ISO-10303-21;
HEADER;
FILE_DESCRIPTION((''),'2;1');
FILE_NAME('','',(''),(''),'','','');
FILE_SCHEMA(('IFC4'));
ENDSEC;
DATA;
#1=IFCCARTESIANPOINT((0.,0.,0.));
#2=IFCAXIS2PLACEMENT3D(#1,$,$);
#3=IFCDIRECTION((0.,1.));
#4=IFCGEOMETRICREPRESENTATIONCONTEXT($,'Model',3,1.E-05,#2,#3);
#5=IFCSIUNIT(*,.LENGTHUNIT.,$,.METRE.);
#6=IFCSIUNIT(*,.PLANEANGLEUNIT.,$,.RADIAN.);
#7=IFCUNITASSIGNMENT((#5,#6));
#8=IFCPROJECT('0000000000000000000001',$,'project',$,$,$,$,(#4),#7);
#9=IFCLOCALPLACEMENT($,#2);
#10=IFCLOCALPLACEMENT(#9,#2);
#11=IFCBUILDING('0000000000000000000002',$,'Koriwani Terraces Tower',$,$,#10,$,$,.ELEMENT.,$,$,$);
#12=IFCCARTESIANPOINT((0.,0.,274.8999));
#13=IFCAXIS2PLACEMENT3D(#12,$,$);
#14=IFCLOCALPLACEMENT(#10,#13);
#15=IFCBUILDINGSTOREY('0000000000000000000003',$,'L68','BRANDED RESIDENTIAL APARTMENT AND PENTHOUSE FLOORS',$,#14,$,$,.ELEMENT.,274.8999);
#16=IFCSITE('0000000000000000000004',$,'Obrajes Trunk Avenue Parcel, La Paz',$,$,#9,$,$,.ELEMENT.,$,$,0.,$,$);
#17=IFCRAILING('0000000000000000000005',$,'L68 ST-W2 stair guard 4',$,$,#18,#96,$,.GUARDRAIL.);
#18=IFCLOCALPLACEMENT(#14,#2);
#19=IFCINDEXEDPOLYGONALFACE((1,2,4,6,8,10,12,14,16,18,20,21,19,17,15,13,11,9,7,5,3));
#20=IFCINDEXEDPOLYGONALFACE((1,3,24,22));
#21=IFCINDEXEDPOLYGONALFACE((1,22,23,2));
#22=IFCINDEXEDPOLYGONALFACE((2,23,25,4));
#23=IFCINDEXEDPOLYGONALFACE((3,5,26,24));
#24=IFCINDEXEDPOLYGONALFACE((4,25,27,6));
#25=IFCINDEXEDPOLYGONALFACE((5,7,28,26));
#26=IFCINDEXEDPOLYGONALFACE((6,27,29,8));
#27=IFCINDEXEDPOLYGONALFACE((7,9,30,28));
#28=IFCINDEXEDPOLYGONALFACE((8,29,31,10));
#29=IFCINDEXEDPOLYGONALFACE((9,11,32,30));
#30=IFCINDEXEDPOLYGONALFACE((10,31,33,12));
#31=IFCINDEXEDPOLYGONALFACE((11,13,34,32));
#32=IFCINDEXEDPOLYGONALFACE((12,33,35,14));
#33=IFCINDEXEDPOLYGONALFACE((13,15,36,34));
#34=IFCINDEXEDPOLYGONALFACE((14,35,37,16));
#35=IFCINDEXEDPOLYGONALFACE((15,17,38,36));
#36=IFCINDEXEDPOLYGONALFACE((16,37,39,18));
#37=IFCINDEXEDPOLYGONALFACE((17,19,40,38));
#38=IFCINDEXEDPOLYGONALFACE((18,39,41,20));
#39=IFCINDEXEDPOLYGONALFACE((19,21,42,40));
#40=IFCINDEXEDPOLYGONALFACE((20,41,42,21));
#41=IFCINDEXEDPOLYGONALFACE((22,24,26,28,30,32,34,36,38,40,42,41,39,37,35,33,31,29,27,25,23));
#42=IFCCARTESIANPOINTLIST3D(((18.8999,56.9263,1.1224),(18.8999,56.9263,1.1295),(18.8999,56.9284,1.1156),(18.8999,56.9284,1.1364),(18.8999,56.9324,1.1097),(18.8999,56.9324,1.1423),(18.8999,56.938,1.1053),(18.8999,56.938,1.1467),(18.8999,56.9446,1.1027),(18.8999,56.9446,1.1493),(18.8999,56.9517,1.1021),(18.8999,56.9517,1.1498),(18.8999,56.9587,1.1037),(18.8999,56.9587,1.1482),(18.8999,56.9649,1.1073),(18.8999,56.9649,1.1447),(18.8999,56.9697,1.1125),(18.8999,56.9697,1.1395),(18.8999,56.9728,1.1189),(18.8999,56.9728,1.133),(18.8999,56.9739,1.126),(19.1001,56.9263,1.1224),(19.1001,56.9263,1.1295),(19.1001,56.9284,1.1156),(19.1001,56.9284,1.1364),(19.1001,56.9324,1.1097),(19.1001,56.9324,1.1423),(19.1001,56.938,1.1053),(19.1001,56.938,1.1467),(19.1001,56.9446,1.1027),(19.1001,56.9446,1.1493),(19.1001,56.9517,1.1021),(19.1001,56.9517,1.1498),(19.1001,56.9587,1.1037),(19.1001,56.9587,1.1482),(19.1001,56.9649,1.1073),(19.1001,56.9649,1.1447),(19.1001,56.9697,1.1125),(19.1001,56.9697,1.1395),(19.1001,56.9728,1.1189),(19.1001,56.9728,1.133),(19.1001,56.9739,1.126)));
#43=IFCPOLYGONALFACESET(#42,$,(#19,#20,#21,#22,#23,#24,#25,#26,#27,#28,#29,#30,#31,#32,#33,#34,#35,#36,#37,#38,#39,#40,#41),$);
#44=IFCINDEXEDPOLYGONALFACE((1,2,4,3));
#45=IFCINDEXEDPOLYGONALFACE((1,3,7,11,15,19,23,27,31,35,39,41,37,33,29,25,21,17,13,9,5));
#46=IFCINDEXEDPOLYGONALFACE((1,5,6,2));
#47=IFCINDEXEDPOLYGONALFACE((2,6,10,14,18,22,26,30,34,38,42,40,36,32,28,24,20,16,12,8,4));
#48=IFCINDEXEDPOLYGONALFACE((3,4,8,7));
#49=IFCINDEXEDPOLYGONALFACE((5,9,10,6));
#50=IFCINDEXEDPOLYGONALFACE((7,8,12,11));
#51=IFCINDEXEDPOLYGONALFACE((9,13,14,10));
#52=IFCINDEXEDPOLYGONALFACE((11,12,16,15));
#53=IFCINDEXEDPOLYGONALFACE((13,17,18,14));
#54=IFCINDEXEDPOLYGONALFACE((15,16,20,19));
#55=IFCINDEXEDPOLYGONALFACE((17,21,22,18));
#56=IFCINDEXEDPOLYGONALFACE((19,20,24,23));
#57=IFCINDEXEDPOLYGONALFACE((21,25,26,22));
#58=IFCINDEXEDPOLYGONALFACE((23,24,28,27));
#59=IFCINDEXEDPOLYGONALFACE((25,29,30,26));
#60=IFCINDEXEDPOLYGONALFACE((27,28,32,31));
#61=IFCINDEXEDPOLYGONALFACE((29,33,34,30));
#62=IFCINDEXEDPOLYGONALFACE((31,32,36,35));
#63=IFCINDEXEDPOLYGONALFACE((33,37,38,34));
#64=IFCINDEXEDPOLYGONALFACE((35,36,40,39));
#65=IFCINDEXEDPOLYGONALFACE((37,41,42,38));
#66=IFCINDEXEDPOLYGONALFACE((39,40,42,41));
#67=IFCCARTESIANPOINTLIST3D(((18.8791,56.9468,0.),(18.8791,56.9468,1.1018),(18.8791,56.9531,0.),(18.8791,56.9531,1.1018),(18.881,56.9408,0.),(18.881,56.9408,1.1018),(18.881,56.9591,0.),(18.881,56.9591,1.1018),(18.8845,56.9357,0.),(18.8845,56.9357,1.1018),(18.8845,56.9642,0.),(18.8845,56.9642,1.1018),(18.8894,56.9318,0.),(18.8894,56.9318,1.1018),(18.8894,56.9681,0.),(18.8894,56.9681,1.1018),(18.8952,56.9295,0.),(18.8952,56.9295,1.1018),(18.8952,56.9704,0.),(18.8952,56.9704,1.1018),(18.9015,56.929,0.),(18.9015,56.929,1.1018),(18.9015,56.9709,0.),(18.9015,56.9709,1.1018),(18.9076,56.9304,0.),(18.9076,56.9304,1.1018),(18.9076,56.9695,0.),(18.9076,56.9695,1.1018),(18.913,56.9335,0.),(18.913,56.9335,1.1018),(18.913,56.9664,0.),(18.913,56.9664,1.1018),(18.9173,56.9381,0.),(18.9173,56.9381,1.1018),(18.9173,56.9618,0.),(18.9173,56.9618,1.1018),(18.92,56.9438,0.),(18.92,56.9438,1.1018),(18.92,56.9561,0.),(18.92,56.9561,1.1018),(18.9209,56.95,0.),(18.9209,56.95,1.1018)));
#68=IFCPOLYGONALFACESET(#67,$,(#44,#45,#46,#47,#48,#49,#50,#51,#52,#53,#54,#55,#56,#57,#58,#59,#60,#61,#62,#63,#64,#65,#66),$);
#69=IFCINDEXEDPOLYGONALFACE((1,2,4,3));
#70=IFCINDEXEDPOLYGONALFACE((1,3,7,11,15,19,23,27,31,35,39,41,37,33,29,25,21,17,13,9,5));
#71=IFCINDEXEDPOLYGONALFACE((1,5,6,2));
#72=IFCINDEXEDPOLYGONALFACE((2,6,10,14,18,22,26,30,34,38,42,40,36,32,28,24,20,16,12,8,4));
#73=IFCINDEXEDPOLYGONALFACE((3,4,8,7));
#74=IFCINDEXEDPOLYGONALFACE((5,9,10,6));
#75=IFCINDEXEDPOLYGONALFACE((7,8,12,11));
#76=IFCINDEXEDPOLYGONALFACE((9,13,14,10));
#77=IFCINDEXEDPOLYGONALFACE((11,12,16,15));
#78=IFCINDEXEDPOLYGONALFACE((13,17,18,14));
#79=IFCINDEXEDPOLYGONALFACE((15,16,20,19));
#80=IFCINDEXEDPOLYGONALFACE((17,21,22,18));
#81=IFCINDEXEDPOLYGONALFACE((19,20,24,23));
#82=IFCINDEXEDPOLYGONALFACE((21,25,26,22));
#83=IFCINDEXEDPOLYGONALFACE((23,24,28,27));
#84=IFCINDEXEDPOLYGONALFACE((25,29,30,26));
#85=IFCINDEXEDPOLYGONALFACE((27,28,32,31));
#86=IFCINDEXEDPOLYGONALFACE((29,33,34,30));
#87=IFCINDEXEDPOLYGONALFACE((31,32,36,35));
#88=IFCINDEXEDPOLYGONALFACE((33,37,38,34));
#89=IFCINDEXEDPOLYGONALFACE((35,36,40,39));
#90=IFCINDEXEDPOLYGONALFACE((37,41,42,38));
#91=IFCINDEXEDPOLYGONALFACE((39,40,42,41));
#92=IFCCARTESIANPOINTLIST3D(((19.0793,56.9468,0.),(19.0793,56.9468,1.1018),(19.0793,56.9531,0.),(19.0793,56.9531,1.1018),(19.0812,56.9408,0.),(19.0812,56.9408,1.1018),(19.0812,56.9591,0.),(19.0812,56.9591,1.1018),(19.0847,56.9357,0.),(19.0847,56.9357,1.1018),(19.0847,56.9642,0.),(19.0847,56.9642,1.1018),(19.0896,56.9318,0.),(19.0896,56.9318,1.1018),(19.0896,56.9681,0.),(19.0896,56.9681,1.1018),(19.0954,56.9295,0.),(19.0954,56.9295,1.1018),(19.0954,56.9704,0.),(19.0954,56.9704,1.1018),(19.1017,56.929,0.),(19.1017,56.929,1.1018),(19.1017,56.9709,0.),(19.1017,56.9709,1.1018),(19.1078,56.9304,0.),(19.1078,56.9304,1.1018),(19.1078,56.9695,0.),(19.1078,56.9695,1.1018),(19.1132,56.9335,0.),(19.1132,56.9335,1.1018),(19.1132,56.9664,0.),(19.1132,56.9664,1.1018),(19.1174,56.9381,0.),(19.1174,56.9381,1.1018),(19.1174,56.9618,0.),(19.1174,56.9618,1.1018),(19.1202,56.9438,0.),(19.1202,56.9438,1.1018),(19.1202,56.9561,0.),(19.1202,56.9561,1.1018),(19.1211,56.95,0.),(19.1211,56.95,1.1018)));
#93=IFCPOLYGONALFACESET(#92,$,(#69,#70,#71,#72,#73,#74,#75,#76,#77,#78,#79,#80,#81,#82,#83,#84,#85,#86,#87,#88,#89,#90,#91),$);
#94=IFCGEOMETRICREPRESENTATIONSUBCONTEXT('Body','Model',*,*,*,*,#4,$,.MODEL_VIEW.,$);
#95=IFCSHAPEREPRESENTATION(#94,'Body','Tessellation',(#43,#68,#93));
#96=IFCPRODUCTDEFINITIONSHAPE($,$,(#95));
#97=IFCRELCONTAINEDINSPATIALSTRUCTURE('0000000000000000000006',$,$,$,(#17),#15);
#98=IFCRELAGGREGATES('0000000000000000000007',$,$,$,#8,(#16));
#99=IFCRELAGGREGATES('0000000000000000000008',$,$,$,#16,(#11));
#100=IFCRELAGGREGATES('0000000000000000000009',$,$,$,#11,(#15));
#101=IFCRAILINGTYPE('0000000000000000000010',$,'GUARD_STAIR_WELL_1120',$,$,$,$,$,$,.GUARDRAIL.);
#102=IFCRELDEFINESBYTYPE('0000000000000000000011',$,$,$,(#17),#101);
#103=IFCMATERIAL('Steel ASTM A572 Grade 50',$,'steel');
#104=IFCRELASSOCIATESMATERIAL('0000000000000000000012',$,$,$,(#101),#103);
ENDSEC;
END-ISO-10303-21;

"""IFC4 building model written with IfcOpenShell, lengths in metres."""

from ifc_helpers import new_model, si_unit, direction, frame, origin, origin_2d, place, context, subcontext, project, spatial, circle, extrude, material, type_object, element, save


model = new_model("IFC4")

# Units and contexts
model_context = context("Model", 3, precision=1e-05, world=origin(), true_north=direction((0.0, 1.0)))
body_context = subcontext(model_context, "Body", "Model", "MODEL_VIEW")
ifc_project = project(units=[si_unit("LENGTHUNIT", "METRE"), si_unit("PLANEANGLEUNIT", "RADIAN")], contexts=[model_context])

# Site, building, storey
site_placement = place(None, origin())
site = spatial("IfcSite", under=ifc_project, at=site_placement, Name="Obrajes Trunk Avenue Parcel, La Paz", CompositionType="ELEMENT", RefElevation=0.0)
building_placement = place(site_placement, origin())
building = spatial("IfcBuilding", under=site, at=building_placement, Name="Koriwani Terraces Tower", CompositionType="ELEMENT")
storey_placement = place(building_placement, frame((0.0, 0.0, 274.8999)))
storey = spatial("IfcBuildingStorey", under=building, at=storey_placement, Name="L68", Description="BRANDED RESIDENTIAL APARTMENT AND PENTHOUSE FLOORS", CompositionType="ELEMENT", Elevation=274.8999)

# Shared definitions
ifc_material_1 = material(Name="Steel ASTM A572 Grade 50", Category="steel")

# Railing
railing_type_1 = type_object("IfcRailingType", Name="GUARD_STAIR_WELL_1120", PredefinedType="GUARDRAIL", material=ifc_material_1)
railing_1_placement = place(storey_placement, frame((18.8999, 56.95, 0.0)))
element("IfcRailing", 1, at=railing_1_placement, inside=storey, type_object=railing_type_1, Name="L68 ST-W2 stair guard 4", PredefinedType="GUARDRAIL", context=body_context, shape_type="SweptSolid", body=[
    extrude(circle(Radius=0.0239, at=origin_2d()), frame((0.0, 0.0, 1.126), z_axis=(1.0, 0.0, 0.0), x_axis=(0.0, 1.0, 0.0)), (0.0, 0.0, 1.0), 0.2002),
    extrude(circle(Radius=0.021, at=origin_2d()), origin(), (0.0, 0.0, 1.0), 1.1018),
    extrude(circle(Radius=0.021, at=origin_2d()), frame((0.2002, 0.0, 0.0)), (0.0, 0.0, 1.0), 1.1018),
])

save(model, "model.ifc")
